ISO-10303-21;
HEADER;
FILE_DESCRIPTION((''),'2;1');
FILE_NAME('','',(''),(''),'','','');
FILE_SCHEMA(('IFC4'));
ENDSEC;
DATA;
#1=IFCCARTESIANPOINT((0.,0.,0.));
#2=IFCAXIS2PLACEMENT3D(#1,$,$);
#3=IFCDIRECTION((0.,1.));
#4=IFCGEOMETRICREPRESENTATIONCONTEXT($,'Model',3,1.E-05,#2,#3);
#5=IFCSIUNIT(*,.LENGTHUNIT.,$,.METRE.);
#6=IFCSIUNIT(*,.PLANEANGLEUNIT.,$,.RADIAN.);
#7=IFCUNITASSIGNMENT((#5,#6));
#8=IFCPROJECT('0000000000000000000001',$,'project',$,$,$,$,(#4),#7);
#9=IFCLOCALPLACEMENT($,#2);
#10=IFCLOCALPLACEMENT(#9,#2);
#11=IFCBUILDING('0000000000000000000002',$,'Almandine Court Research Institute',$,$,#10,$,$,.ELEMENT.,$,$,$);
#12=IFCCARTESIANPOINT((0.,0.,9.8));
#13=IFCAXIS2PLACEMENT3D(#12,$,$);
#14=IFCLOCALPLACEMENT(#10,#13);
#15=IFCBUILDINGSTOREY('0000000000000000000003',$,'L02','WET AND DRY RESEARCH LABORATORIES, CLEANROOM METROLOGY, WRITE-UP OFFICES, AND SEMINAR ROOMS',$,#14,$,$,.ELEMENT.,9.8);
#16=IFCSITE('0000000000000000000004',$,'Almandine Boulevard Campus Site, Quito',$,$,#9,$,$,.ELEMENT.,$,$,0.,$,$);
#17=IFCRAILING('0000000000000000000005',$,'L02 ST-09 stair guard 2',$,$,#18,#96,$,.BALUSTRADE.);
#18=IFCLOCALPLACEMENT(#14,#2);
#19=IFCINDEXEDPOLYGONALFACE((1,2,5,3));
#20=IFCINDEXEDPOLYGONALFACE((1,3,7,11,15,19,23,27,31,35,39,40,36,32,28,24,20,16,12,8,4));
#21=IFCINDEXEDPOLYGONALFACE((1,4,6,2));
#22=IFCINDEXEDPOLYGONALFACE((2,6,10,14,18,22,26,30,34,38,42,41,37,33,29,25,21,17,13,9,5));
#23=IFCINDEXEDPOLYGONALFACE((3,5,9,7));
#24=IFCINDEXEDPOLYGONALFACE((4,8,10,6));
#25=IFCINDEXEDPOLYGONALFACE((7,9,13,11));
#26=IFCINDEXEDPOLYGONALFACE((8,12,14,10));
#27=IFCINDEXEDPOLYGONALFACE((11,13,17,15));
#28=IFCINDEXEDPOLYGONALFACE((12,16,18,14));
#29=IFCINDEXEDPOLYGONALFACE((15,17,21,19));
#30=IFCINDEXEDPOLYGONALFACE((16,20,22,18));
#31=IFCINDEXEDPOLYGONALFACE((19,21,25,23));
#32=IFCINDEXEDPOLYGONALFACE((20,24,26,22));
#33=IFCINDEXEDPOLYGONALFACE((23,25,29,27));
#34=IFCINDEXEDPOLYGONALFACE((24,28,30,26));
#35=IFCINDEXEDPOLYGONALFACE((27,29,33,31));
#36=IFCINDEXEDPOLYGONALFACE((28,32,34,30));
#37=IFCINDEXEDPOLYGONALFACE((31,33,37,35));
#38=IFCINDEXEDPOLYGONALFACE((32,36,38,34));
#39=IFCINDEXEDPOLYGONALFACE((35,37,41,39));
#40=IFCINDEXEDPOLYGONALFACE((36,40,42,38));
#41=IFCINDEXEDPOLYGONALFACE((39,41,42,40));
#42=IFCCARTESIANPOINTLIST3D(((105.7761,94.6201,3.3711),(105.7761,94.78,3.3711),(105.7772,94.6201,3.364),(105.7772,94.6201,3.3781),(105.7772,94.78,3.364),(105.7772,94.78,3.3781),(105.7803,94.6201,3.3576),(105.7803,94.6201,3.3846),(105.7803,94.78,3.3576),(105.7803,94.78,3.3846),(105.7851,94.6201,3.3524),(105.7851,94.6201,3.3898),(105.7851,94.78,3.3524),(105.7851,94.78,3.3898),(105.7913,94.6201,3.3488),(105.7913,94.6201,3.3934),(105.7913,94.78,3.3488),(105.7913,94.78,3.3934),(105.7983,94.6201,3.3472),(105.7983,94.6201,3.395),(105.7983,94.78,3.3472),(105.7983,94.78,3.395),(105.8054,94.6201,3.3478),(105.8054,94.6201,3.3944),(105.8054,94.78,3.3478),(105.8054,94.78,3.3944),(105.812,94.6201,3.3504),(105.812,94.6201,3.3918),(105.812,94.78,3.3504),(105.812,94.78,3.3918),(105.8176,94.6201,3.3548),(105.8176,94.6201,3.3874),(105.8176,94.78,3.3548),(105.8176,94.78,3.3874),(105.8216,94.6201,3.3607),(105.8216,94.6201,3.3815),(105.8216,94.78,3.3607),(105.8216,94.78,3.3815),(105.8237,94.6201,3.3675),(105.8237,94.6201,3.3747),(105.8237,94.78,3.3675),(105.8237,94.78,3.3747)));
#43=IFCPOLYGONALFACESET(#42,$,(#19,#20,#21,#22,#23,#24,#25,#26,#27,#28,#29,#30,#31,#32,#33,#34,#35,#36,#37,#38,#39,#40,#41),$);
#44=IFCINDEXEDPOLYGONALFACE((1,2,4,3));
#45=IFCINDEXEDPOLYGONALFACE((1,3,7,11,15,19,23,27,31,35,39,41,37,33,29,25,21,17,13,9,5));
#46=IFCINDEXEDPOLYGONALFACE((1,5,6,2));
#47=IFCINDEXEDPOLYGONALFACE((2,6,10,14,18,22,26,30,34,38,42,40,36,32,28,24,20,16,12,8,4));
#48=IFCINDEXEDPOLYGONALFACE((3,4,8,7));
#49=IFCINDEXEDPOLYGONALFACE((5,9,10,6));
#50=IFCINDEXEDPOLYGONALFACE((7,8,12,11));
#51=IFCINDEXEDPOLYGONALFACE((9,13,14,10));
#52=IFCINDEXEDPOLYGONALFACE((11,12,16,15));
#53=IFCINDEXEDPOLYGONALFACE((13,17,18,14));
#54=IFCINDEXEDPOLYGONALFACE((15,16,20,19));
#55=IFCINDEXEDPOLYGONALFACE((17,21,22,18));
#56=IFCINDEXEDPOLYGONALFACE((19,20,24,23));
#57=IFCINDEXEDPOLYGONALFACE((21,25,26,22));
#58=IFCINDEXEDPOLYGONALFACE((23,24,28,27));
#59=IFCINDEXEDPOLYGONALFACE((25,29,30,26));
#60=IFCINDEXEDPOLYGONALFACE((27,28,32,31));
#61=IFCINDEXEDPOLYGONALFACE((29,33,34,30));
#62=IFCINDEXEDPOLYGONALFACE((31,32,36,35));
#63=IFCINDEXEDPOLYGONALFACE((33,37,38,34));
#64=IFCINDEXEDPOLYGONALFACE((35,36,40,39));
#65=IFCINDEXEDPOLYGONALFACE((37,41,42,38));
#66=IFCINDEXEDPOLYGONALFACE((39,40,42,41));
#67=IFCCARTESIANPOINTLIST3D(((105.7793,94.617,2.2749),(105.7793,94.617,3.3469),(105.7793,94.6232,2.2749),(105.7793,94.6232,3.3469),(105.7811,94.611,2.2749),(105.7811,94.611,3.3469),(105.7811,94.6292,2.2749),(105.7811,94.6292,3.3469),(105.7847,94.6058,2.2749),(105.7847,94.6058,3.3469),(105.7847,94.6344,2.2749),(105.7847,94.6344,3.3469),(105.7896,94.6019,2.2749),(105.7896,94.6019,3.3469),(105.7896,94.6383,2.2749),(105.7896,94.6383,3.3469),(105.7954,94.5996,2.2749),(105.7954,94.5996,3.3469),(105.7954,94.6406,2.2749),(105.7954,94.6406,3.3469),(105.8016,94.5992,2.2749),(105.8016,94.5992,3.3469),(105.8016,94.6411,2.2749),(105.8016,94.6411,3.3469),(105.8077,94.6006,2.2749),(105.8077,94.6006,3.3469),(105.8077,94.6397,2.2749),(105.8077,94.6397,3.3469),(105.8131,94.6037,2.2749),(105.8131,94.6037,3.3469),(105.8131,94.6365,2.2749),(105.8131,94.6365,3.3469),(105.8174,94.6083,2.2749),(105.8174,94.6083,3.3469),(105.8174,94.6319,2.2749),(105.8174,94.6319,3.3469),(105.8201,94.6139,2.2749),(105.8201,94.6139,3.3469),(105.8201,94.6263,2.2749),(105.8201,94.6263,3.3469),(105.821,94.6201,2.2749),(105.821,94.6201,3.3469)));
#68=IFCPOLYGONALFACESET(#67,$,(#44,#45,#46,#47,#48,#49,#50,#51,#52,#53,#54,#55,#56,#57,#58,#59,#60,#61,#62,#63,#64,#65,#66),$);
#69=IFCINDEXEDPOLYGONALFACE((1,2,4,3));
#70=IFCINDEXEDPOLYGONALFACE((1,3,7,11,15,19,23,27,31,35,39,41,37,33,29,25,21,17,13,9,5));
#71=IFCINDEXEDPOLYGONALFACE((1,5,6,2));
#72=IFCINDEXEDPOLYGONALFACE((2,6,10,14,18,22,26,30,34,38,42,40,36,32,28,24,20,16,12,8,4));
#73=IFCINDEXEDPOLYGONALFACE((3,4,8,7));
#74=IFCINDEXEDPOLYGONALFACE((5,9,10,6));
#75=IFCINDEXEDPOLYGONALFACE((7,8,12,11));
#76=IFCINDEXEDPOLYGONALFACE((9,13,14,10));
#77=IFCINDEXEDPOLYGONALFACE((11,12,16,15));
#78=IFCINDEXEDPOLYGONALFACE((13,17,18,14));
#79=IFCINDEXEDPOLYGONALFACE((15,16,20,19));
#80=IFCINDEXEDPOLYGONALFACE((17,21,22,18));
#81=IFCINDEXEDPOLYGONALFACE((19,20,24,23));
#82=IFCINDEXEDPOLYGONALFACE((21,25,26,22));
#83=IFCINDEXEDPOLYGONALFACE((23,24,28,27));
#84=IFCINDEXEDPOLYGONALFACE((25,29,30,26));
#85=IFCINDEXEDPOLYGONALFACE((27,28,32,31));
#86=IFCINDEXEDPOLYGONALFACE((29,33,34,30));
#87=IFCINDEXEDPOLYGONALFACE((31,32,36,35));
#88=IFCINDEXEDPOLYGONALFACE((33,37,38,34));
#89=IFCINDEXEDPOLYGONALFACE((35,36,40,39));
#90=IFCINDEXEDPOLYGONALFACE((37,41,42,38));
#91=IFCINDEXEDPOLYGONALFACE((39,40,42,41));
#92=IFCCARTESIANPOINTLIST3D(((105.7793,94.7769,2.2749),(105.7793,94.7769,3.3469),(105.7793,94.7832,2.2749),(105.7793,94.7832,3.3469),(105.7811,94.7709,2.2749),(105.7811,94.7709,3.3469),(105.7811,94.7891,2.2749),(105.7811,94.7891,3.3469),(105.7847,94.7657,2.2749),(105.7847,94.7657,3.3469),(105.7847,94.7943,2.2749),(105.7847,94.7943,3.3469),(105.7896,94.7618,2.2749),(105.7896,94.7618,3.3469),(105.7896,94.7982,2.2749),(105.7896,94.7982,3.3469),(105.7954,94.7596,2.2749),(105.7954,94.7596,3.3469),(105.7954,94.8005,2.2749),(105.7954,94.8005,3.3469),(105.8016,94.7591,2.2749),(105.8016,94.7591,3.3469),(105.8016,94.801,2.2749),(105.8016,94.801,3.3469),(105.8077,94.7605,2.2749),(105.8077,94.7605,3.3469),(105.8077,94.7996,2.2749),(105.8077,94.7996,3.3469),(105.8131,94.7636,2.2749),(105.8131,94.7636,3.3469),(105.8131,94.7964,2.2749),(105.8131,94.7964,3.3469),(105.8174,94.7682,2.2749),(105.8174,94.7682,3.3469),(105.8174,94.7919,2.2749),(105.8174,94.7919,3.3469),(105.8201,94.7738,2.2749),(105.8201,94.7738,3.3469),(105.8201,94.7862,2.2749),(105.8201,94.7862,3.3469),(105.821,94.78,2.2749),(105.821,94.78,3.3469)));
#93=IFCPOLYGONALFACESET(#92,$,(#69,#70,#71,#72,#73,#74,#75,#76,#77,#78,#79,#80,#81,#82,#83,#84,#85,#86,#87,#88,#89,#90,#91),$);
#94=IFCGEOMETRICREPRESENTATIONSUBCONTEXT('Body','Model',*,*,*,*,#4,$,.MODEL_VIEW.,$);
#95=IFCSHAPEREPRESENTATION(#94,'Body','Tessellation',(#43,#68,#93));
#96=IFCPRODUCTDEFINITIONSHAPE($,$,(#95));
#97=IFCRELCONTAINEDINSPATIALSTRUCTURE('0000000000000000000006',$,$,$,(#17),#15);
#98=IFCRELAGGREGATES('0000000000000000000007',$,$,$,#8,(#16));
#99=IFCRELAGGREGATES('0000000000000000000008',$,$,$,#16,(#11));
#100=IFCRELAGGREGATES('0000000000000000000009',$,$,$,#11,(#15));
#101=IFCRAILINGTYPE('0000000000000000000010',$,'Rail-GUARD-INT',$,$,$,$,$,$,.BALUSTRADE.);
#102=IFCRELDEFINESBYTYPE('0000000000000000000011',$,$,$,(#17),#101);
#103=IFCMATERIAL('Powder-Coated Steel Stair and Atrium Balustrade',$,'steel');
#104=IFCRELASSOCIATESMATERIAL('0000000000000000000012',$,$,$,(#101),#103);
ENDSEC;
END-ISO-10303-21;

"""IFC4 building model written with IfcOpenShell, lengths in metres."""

from ifc_helpers import new_model, si_unit, direction, frame, origin, origin_2d, place, context, subcontext, project, spatial, circle, extrude, material, type_object, element, save


model = new_model("IFC4")

# Units and contexts
model_context = context("Model", 3, precision=1e-05, world=origin(), true_north=direction((0.0, 1.0)))
body_context = subcontext(model_context, "Body", "Model", "MODEL_VIEW")
ifc_project = project(units=[si_unit("LENGTHUNIT", "METRE"), si_unit("PLANEANGLEUNIT", "RADIAN")], contexts=[model_context])

# Site, building, storey
site_placement = place(None, origin())
site = spatial("IfcSite", under=ifc_project, at=site_placement, Name="Almandine Boulevard Campus Site, Quito", CompositionType="ELEMENT", RefElevation=0.0)
building_placement = place(site_placement, origin())
building = spatial("IfcBuilding", under=site, at=building_placement, Name="Almandine Court Research Institute", CompositionType="ELEMENT")
storey_placement = place(building_placement, frame((0.0, 0.0, 9.8)))
storey = spatial("IfcBuildingStorey", under=building, at=storey_placement, Name="L02", Description="WET AND DRY RESEARCH LABORATORIES, CLEANROOM METROLOGY, WRITE-UP OFFICES, AND SEMINAR ROOMS", CompositionType="ELEMENT", Elevation=9.8)

# Railing
ifc_material_1 = material(Name="Powder-Coated Steel Stair and Atrium Balustrade", Category="steel")
railing_type_1 = type_object("IfcRailingType", Name="Rail-GUARD-INT", PredefinedType="BALUSTRADE", material=ifc_material_1)
railing_1_placement = place(storey_placement, frame((105.8, 94.6201, 2.2749)))
element("IfcRailing", 1, at=railing_1_placement, inside=storey, type_object=railing_type_1, Name="L02 ST-09 stair guard 2", PredefinedType="BALUSTRADE", context=body_context, shape_type="SweptSolid", body=[
    extrude(circle(Radius=0.0239, at=origin_2d()), frame((0.0, 0.0, 1.0962), z_axis=(0.0, 1.0, 0.0), x_axis=(-1.0, 0.0, 0.0)), (0.0, 0.0, 1.0), 0.1599),
    extrude(circle(Radius=0.021, at=origin_2d()), origin(), (0.0, 0.0, 1.0), 1.072),
    extrude(circle(Radius=0.021, at=origin_2d()), frame((0.0, 0.1599, 0.0)), (0.0, 0.0, 1.0), 1.072),
])

save(model, "model.ifc")
